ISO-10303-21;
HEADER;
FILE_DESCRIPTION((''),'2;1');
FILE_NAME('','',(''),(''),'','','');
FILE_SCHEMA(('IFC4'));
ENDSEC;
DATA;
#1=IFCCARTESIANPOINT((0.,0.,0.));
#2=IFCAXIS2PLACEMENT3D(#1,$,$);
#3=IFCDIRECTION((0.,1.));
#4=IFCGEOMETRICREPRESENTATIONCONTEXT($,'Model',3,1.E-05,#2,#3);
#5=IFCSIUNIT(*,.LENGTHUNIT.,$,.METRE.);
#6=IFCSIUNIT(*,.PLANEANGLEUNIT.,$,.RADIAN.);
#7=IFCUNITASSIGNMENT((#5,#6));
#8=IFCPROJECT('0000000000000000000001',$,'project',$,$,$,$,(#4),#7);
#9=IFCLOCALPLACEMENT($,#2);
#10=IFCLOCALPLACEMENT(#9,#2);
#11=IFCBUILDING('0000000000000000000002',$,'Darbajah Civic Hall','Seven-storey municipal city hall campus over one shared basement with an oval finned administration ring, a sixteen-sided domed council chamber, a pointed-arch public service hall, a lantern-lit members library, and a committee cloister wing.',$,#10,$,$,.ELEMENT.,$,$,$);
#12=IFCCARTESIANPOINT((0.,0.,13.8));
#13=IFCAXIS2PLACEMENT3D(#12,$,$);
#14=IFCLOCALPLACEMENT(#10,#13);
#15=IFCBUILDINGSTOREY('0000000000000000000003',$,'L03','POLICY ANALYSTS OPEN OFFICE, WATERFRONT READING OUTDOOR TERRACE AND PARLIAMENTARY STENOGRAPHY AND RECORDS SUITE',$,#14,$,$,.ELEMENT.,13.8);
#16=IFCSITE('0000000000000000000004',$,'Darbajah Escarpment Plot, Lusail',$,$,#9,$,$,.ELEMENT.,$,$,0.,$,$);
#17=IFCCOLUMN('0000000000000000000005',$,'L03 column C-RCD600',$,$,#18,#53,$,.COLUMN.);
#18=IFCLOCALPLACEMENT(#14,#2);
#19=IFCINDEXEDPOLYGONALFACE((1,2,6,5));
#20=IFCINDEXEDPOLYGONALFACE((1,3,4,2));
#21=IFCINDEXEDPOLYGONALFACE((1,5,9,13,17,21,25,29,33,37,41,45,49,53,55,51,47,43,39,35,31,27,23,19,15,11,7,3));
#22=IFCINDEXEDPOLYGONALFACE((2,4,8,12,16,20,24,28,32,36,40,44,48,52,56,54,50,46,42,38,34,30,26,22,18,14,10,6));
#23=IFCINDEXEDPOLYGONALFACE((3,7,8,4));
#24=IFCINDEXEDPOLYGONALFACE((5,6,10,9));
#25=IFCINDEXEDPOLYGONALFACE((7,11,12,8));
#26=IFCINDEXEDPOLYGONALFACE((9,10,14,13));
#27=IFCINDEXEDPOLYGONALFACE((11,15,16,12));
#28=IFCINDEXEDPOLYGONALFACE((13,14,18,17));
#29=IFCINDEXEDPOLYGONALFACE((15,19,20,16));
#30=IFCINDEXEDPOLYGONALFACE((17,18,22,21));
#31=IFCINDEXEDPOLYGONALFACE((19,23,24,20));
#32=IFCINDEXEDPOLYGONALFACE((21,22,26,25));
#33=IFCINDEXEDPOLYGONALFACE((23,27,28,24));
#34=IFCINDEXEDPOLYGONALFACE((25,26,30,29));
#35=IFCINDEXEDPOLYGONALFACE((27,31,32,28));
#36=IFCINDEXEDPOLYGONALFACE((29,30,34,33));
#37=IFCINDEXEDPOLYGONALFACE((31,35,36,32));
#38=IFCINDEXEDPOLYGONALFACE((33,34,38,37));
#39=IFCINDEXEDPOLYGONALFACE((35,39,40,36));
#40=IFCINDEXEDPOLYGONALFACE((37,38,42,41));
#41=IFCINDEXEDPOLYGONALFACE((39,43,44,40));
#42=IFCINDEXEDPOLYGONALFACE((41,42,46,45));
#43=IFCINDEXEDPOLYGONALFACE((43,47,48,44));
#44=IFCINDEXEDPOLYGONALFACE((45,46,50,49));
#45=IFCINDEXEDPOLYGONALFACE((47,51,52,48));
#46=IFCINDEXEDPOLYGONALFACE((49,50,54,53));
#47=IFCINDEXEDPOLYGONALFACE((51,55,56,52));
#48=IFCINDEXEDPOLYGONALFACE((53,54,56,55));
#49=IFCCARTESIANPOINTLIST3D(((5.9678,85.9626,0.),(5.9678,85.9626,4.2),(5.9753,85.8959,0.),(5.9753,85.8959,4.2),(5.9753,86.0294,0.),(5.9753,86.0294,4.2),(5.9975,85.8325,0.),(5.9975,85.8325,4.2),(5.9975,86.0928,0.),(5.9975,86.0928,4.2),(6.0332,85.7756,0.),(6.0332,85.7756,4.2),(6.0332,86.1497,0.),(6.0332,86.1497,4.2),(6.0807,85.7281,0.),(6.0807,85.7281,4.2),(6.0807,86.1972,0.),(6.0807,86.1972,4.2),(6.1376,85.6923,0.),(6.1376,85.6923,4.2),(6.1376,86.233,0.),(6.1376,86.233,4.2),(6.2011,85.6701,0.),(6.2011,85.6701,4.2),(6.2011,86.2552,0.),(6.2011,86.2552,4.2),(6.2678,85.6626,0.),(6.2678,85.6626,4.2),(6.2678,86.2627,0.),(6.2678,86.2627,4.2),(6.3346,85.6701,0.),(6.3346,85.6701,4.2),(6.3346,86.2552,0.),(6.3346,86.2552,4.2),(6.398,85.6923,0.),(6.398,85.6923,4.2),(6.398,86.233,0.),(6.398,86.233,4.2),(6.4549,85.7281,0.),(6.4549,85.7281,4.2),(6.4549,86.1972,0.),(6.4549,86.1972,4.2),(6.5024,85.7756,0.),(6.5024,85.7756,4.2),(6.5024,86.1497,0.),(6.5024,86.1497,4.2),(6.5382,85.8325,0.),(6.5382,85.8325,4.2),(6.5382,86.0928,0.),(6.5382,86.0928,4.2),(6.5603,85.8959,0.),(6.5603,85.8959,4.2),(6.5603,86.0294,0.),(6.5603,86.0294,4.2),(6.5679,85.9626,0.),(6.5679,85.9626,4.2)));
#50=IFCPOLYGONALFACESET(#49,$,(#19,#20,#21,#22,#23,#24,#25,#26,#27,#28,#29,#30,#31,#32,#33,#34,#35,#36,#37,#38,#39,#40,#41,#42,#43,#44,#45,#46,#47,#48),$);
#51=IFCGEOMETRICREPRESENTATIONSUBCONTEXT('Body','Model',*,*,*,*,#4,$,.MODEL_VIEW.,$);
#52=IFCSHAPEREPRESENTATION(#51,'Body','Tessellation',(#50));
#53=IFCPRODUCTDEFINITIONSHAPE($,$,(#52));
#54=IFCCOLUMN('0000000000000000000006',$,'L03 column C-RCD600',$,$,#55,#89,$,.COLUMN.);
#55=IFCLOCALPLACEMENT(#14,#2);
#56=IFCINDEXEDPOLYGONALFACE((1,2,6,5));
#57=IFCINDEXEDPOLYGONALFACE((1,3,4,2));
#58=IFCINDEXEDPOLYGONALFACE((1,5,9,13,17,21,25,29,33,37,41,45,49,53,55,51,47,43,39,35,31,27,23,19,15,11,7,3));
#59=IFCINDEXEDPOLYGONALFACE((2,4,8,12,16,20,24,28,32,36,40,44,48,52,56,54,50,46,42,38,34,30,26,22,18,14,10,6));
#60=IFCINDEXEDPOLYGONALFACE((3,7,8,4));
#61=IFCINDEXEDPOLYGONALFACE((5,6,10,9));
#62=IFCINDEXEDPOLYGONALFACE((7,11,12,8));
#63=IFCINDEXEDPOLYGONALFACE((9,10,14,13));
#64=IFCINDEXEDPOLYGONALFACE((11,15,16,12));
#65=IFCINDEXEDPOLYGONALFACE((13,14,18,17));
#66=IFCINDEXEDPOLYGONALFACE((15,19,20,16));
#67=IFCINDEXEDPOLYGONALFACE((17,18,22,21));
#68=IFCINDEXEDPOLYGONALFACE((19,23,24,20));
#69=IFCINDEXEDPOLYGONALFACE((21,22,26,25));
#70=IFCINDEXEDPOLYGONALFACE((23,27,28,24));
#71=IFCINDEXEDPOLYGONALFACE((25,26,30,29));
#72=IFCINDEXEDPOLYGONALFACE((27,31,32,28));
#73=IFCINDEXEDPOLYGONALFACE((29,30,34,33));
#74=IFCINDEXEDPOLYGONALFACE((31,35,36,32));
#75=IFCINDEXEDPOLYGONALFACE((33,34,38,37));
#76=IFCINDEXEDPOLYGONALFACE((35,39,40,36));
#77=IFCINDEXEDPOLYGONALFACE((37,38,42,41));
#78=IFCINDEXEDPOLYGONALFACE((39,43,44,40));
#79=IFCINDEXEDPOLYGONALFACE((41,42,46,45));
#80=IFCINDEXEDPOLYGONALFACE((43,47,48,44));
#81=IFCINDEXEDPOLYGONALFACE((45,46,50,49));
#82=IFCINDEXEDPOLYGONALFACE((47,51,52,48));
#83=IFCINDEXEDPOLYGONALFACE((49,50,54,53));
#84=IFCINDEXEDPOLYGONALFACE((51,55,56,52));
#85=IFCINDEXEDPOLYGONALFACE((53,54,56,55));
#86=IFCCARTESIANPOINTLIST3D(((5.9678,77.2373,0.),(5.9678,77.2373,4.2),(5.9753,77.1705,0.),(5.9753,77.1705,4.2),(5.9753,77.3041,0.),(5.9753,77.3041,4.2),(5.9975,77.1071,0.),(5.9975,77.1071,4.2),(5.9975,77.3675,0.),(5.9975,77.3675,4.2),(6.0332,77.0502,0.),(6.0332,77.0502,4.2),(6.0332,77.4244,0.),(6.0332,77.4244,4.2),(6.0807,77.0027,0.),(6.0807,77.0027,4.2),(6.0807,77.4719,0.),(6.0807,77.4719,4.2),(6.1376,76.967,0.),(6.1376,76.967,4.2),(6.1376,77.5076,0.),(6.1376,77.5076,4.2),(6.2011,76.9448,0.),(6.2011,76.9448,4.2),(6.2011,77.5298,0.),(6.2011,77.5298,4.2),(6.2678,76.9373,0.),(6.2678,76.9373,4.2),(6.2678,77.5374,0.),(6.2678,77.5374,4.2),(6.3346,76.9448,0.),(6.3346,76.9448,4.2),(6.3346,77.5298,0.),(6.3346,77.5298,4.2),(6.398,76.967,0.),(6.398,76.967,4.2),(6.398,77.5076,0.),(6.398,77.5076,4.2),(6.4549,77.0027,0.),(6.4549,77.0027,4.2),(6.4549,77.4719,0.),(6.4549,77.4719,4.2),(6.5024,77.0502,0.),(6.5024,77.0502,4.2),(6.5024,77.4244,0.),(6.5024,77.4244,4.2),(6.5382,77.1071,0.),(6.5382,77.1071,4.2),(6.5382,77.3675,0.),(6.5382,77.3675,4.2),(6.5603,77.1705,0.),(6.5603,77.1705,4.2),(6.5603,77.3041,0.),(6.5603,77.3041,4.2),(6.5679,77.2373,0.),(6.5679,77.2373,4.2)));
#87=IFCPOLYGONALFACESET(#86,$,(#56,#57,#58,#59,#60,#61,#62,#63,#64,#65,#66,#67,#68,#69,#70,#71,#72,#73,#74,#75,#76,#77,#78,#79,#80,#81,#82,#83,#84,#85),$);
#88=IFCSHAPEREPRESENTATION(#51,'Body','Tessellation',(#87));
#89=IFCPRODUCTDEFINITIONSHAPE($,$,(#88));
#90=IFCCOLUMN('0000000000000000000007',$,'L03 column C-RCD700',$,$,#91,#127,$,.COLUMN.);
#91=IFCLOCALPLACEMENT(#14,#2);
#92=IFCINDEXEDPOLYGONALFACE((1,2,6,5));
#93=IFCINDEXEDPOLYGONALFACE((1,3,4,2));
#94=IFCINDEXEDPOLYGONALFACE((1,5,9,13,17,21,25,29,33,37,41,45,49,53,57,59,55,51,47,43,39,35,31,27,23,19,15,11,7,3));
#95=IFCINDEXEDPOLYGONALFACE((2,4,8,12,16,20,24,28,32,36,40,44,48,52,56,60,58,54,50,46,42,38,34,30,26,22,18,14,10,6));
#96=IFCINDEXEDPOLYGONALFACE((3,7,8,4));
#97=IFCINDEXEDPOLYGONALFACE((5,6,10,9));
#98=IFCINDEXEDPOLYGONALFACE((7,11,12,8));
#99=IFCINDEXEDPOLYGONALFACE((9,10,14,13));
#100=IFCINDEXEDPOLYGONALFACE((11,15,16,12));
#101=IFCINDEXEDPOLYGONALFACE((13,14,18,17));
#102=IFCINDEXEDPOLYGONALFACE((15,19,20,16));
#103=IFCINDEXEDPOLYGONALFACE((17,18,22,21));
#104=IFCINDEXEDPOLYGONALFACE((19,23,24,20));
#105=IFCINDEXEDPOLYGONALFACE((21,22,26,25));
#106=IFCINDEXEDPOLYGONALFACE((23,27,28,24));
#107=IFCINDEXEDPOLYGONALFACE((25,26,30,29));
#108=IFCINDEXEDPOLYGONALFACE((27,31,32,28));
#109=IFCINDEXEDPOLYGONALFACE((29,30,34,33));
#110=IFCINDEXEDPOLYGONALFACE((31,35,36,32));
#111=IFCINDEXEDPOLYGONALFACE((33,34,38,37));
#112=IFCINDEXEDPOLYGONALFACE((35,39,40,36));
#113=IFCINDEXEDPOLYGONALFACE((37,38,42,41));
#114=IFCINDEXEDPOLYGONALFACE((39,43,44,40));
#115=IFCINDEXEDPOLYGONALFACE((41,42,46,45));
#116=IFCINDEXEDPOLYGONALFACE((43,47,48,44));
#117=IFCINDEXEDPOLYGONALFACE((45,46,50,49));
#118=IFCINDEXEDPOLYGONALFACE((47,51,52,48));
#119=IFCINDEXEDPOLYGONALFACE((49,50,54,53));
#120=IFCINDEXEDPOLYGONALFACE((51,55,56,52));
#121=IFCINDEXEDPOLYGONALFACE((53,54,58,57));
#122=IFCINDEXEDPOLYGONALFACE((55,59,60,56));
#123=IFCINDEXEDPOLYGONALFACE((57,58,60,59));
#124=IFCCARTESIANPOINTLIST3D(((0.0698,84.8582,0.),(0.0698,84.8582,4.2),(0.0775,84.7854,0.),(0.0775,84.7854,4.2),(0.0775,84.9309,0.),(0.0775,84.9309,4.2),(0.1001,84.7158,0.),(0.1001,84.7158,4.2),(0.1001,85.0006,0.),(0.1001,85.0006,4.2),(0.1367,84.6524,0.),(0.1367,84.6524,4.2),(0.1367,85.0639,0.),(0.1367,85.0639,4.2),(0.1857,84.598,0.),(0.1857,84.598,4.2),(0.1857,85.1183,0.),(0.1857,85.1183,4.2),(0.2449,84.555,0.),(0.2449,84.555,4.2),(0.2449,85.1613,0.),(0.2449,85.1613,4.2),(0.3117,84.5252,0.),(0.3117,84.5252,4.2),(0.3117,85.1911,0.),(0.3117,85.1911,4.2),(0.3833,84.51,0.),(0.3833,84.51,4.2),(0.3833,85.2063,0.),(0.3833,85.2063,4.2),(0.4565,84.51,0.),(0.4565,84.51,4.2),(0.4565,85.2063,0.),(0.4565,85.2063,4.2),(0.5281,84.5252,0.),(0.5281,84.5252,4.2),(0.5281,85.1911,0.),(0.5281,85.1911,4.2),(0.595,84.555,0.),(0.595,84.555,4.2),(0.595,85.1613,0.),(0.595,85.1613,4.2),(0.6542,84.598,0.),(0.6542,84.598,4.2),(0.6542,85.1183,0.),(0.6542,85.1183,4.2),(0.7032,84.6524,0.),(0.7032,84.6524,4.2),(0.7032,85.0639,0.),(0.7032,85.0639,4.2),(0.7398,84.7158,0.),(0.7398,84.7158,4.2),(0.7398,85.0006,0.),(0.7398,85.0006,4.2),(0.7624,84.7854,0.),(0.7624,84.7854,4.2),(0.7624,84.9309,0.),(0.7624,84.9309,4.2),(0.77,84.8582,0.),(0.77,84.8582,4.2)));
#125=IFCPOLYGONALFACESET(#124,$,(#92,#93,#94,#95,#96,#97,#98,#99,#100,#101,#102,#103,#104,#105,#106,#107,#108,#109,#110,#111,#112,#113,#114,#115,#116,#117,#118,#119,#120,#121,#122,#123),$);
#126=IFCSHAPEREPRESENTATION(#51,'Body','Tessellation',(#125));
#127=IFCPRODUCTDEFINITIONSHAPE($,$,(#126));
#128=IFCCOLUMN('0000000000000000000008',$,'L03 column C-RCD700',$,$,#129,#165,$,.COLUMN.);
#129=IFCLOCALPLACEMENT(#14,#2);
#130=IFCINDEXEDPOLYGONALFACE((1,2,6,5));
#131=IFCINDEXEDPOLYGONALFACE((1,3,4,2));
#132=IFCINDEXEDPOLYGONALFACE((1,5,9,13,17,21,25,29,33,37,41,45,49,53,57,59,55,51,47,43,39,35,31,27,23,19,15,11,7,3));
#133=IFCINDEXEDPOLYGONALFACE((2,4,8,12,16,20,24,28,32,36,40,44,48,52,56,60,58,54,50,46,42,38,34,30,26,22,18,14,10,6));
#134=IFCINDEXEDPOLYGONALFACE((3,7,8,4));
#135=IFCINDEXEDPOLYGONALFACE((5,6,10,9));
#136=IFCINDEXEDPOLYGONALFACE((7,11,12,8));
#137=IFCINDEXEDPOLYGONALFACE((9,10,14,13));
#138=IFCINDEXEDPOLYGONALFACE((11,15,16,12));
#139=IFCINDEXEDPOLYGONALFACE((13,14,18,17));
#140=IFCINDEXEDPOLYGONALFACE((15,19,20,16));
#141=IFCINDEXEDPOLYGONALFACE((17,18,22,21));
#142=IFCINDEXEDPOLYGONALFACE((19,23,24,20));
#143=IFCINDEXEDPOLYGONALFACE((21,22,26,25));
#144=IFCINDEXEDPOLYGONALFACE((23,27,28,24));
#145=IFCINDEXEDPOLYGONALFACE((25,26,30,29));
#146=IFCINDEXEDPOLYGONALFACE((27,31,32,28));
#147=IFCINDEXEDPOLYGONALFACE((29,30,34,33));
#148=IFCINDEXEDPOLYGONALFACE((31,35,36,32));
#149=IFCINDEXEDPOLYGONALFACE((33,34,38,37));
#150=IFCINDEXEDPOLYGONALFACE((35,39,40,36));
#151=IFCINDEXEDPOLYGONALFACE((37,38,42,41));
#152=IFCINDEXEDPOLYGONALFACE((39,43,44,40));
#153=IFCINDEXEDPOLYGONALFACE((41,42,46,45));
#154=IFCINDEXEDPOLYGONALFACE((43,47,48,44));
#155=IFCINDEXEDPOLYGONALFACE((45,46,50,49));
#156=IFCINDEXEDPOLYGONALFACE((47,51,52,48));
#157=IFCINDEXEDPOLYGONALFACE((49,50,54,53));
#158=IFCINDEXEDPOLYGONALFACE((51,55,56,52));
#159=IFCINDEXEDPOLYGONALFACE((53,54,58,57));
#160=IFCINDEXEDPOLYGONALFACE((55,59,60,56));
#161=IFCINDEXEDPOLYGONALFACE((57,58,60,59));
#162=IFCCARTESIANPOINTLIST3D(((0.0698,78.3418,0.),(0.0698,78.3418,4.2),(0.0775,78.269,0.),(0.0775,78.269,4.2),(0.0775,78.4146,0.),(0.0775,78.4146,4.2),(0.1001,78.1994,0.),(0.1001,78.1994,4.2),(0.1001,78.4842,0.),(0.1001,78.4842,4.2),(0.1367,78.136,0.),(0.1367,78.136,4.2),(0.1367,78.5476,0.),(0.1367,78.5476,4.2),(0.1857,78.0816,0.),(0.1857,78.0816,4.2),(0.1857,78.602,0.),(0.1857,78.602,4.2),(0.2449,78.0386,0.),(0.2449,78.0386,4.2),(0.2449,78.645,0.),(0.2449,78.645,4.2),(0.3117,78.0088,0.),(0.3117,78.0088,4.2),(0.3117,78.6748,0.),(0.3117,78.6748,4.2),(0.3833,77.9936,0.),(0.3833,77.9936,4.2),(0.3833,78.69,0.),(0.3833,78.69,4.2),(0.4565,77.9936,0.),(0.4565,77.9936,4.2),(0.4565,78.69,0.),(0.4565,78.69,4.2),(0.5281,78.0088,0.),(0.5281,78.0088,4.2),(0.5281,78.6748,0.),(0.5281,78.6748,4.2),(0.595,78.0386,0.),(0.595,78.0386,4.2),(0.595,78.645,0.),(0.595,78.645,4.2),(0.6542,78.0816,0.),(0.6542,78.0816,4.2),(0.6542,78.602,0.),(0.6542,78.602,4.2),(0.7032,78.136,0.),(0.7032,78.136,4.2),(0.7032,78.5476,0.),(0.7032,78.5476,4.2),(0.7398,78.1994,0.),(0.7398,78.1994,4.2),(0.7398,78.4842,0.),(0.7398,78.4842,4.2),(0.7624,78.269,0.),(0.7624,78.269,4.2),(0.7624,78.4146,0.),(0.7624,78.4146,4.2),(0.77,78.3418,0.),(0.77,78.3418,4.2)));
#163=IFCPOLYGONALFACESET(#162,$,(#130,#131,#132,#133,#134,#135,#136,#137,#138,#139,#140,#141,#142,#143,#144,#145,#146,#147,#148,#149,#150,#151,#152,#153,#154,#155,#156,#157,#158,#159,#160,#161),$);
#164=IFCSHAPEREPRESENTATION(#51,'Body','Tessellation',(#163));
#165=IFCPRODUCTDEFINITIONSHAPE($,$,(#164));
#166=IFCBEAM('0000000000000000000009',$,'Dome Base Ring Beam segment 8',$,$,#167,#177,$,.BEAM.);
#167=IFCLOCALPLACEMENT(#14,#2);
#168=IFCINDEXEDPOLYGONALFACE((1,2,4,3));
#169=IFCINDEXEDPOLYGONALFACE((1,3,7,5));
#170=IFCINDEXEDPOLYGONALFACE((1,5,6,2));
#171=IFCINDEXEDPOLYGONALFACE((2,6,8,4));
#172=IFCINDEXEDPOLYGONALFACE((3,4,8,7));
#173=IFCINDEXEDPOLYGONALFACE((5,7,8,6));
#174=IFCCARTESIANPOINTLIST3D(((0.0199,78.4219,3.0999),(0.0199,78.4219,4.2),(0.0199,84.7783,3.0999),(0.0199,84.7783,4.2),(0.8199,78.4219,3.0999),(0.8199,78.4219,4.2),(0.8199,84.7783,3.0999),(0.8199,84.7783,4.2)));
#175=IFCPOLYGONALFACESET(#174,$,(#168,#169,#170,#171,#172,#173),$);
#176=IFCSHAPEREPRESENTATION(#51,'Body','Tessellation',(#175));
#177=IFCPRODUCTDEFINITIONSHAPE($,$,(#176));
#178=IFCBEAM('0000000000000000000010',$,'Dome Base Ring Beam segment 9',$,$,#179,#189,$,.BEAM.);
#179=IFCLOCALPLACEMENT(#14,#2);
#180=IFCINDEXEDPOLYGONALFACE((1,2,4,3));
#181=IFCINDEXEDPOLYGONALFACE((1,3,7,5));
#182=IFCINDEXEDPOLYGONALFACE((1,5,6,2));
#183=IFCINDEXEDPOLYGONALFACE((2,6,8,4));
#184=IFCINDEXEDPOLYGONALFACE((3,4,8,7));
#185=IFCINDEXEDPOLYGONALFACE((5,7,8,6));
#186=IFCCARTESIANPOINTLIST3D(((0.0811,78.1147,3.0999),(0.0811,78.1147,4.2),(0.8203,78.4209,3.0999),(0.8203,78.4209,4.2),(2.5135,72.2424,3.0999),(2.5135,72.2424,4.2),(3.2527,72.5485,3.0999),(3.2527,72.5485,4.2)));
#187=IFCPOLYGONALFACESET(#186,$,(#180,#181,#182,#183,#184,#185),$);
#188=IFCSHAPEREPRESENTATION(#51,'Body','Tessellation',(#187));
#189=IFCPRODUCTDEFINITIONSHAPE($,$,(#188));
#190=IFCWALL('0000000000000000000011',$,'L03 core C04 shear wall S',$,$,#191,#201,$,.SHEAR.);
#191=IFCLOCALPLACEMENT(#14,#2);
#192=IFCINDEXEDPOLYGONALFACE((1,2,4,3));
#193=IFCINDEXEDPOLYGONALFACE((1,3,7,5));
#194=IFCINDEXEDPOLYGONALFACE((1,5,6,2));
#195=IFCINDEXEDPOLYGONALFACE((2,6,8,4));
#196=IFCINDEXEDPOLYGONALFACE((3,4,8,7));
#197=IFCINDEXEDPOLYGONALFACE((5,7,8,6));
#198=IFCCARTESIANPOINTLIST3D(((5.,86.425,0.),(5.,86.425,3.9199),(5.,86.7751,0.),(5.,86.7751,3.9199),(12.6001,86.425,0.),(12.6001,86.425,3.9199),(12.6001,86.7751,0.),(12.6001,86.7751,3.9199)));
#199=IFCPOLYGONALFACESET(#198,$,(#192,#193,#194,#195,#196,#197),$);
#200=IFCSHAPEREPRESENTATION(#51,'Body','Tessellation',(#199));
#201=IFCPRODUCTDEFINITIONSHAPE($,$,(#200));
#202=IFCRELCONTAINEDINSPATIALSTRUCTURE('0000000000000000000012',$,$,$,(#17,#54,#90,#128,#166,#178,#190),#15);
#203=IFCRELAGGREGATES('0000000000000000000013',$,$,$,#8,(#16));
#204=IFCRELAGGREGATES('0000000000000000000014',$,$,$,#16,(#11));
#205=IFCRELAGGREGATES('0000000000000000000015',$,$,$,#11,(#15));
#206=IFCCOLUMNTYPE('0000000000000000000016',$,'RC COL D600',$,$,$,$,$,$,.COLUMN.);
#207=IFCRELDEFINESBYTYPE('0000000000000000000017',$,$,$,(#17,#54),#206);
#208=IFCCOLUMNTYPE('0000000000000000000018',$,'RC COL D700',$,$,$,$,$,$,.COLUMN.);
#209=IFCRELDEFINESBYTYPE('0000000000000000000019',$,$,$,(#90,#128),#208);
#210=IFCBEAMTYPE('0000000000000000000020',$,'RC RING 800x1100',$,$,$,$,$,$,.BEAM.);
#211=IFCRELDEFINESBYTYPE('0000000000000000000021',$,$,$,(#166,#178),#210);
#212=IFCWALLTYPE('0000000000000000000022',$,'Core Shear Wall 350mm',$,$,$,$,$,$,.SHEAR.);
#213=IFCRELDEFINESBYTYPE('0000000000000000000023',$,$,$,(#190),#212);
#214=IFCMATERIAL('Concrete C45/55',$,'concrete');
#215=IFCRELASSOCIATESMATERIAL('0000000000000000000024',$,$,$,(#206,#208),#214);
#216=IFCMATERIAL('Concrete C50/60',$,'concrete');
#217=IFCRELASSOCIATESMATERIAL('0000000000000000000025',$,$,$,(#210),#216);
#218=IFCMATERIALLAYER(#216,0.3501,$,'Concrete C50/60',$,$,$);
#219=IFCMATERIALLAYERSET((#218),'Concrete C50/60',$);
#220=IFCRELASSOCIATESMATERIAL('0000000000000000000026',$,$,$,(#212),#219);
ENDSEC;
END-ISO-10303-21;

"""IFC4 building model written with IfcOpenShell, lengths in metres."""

from ifc_helpers import new_model, si_unit, direction, frame, frame_2d, origin, origin_2d, place, context, subcontext, project, spatial, rectangle, circle, extrude, material, layer, layer_set, material_profile, profile_set, type_object, element, save


model = new_model("IFC4")

# Units and contexts
model_context = context("Model", 3, precision=1e-05, world=origin(), true_north=direction((0.0, 1.0)))
body_context = subcontext(model_context, "Body", "Model", "MODEL_VIEW")
ifc_project = project(units=[si_unit("LENGTHUNIT", "METRE"), si_unit("PLANEANGLEUNIT", "RADIAN")], contexts=[model_context])

# Site, building, storey
site_placement = place(None, origin())
site = spatial("IfcSite", under=ifc_project, at=site_placement, Name="Darbajah Escarpment Plot, Lusail", CompositionType="ELEMENT", RefElevation=0.0)
building_placement = place(site_placement, origin())
building = spatial("IfcBuilding", under=site, at=building_placement, Name="Darbajah Civic Hall", Description="Seven-storey municipal city hall campus over one shared basement with an oval finned administration ring, a sixteen-sided domed council chamber, a pointed-arch public service hall, a lantern-lit members library, and a committee cloister wing.", CompositionType="ELEMENT")
storey_placement = place(building_placement, frame((0.0, 0.0, 13.8)))
storey = spatial("IfcBuildingStorey", under=building, at=storey_placement, Name="L03", Description="POLICY ANALYSTS OPEN OFFICE, WATERFRONT READING OUTDOOR TERRACE AND PARLIAMENTARY STENOGRAPHY AND RECORDS SUITE", CompositionType="ELEMENT", Elevation=13.8)

# Columns
ifc_material_1 = material(Name="Concrete C45/55", Category="concrete")
ifc_material_profile_1 = material_profile(ifc_material_1, circle(Radius=0.3, at=origin_2d()), Name="RC COL D600")
ifc_profile_set_1 = profile_set([ifc_material_profile_1], Name="Concrete C45/55")
column_type_1 = type_object("IfcColumnType", Name="RC COL D600", PredefinedType="COLUMN", material=ifc_profile_set_1)
for number, where, z_axis, x_axis, name in (
    (1, (6.2678, 85.9626, 0.0), (0.0, 0.0, 1.0), (1.0, 0.0, 0.0), "L03 column C-RCD600"),
    (2, (6.2678, 77.2373, 0.0), (0.0, 0.0, 1.0), (1.0, 0.0, 0.0), "L03 column C-RCD600"),
):
    element("IfcColumn", number, at=place(storey_placement, frame(where, z_axis=z_axis, x_axis=x_axis)), inside=storey, type_object=column_type_1, Name=name, PredefinedType="COLUMN", context=body_context, shape_type="SweptSolid", body=[
        extrude(circle(Radius=0.3, at=origin_2d()), origin(), (0.0, 0.0, 1.0), 4.2),
    ])
ifc_material_profile_2 = material_profile(ifc_material_1, circle(Radius=0.3501, at=origin_2d()), Name="RC COL D700")
ifc_profile_set_2 = profile_set([ifc_material_profile_2], Name="Concrete C45/55")
column_type_2 = type_object("IfcColumnType", Name="RC COL D700", PredefinedType="COLUMN", material=ifc_profile_set_2)
for number, where, z_axis, x_axis, name in (
    (3, (0.4199, 84.8582, 0.0), (0.0, 0.0, 1.0), (1.0, 0.0, 0.0), "L03 column C-RCD700"),
    (4, (0.4199, 78.3418, 0.0), (0.0, 0.0, 1.0), (1.0, 0.0, 0.0), "L03 column C-RCD700"),
):
    element("IfcColumn", number, at=place(storey_placement, frame(where, z_axis=z_axis, x_axis=x_axis)), inside=storey, type_object=column_type_2, Name=name, PredefinedType="COLUMN", context=body_context, shape_type="SweptSolid", body=[
        extrude(circle(Radius=0.3501, at=origin_2d()), origin(), (0.0, 0.0, 1.0), 4.2),
    ])

# Beams
ifc_material_2 = material(Name="Concrete C50/60", Category="concrete")
ifc_material_profile_3 = material_profile(ifc_material_2, rectangle(XDim=0.8, YDim=1.1001, at=origin_2d()), Name="RC RING 800x1100")
ifc_profile_set_3 = profile_set([ifc_material_profile_3], Name="Concrete C50/60")
beam_type = type_object("IfcBeamType", Name="RC RING 800x1100", PredefinedType="BEAM", material=ifc_profile_set_3)
beam_1_placement = place(storey_placement, frame((0.4199, 84.7783, 3.6499), z_axis=(0.0, -1.0, 0.0), x_axis=(1.0, 0.0, 0.0)))
element("IfcBeam", 5, at=beam_1_placement, inside=storey, type_object=beam_type, Name="Dome Base Ring Beam segment 8", PredefinedType="BEAM", context=body_context, shape_type="SweptSolid", body=[
    extrude(rectangle(XDim=0.8, YDim=1.1001, at=origin_2d()), origin(), (0.0, 0.0, 1.0), 6.3564),
])
beam_2_placement = place(storey_placement, frame((0.4507, 78.2678, 3.6499), z_axis=(0.382681, -0.923881, 0.0), x_axis=(0.923881, 0.382681, 0.0)))
element("IfcBeam", 6, at=beam_2_placement, inside=storey, type_object=beam_type, Name="Dome Base Ring Beam segment 9", PredefinedType="BEAM", context=body_context, shape_type="SweptSolid", body=[
    extrude(rectangle(XDim=0.8, YDim=1.1001, at=origin_2d()), origin(), (0.0, 0.0, 1.0), 6.3562),
])

# Wall
ifc_layer_1 = layer(ifc_material_2, 0.3501, Name="Concrete C50/60")
ifc_layer_set_1 = layer_set([ifc_layer_1], Name="Concrete C50/60")
wall_type_1 = type_object("IfcWallType", Name="Core Shear Wall 350mm", PredefinedType="SHEAR", material=ifc_layer_set_1)
wall_1_placement = place(storey_placement, frame((5.0, 86.6001, 0.0), z_axis=(0.0, 0.0, 1.0), x_axis=(1.0, 0.0, 0.0)))
element("IfcWall", 7, at=wall_1_placement, inside=storey, type_object=wall_type_1, Name="L03 core C04 shear wall S", PredefinedType="SHEAR", context=body_context, shape_type="SweptSolid", body=[
    extrude(rectangle(XDim=7.6001, YDim=0.3501, at=frame_2d((3.8, 0.0))), origin(), (0.0, 0.0, 1.0), 3.9199),
])

save(model, "model.ifc")
